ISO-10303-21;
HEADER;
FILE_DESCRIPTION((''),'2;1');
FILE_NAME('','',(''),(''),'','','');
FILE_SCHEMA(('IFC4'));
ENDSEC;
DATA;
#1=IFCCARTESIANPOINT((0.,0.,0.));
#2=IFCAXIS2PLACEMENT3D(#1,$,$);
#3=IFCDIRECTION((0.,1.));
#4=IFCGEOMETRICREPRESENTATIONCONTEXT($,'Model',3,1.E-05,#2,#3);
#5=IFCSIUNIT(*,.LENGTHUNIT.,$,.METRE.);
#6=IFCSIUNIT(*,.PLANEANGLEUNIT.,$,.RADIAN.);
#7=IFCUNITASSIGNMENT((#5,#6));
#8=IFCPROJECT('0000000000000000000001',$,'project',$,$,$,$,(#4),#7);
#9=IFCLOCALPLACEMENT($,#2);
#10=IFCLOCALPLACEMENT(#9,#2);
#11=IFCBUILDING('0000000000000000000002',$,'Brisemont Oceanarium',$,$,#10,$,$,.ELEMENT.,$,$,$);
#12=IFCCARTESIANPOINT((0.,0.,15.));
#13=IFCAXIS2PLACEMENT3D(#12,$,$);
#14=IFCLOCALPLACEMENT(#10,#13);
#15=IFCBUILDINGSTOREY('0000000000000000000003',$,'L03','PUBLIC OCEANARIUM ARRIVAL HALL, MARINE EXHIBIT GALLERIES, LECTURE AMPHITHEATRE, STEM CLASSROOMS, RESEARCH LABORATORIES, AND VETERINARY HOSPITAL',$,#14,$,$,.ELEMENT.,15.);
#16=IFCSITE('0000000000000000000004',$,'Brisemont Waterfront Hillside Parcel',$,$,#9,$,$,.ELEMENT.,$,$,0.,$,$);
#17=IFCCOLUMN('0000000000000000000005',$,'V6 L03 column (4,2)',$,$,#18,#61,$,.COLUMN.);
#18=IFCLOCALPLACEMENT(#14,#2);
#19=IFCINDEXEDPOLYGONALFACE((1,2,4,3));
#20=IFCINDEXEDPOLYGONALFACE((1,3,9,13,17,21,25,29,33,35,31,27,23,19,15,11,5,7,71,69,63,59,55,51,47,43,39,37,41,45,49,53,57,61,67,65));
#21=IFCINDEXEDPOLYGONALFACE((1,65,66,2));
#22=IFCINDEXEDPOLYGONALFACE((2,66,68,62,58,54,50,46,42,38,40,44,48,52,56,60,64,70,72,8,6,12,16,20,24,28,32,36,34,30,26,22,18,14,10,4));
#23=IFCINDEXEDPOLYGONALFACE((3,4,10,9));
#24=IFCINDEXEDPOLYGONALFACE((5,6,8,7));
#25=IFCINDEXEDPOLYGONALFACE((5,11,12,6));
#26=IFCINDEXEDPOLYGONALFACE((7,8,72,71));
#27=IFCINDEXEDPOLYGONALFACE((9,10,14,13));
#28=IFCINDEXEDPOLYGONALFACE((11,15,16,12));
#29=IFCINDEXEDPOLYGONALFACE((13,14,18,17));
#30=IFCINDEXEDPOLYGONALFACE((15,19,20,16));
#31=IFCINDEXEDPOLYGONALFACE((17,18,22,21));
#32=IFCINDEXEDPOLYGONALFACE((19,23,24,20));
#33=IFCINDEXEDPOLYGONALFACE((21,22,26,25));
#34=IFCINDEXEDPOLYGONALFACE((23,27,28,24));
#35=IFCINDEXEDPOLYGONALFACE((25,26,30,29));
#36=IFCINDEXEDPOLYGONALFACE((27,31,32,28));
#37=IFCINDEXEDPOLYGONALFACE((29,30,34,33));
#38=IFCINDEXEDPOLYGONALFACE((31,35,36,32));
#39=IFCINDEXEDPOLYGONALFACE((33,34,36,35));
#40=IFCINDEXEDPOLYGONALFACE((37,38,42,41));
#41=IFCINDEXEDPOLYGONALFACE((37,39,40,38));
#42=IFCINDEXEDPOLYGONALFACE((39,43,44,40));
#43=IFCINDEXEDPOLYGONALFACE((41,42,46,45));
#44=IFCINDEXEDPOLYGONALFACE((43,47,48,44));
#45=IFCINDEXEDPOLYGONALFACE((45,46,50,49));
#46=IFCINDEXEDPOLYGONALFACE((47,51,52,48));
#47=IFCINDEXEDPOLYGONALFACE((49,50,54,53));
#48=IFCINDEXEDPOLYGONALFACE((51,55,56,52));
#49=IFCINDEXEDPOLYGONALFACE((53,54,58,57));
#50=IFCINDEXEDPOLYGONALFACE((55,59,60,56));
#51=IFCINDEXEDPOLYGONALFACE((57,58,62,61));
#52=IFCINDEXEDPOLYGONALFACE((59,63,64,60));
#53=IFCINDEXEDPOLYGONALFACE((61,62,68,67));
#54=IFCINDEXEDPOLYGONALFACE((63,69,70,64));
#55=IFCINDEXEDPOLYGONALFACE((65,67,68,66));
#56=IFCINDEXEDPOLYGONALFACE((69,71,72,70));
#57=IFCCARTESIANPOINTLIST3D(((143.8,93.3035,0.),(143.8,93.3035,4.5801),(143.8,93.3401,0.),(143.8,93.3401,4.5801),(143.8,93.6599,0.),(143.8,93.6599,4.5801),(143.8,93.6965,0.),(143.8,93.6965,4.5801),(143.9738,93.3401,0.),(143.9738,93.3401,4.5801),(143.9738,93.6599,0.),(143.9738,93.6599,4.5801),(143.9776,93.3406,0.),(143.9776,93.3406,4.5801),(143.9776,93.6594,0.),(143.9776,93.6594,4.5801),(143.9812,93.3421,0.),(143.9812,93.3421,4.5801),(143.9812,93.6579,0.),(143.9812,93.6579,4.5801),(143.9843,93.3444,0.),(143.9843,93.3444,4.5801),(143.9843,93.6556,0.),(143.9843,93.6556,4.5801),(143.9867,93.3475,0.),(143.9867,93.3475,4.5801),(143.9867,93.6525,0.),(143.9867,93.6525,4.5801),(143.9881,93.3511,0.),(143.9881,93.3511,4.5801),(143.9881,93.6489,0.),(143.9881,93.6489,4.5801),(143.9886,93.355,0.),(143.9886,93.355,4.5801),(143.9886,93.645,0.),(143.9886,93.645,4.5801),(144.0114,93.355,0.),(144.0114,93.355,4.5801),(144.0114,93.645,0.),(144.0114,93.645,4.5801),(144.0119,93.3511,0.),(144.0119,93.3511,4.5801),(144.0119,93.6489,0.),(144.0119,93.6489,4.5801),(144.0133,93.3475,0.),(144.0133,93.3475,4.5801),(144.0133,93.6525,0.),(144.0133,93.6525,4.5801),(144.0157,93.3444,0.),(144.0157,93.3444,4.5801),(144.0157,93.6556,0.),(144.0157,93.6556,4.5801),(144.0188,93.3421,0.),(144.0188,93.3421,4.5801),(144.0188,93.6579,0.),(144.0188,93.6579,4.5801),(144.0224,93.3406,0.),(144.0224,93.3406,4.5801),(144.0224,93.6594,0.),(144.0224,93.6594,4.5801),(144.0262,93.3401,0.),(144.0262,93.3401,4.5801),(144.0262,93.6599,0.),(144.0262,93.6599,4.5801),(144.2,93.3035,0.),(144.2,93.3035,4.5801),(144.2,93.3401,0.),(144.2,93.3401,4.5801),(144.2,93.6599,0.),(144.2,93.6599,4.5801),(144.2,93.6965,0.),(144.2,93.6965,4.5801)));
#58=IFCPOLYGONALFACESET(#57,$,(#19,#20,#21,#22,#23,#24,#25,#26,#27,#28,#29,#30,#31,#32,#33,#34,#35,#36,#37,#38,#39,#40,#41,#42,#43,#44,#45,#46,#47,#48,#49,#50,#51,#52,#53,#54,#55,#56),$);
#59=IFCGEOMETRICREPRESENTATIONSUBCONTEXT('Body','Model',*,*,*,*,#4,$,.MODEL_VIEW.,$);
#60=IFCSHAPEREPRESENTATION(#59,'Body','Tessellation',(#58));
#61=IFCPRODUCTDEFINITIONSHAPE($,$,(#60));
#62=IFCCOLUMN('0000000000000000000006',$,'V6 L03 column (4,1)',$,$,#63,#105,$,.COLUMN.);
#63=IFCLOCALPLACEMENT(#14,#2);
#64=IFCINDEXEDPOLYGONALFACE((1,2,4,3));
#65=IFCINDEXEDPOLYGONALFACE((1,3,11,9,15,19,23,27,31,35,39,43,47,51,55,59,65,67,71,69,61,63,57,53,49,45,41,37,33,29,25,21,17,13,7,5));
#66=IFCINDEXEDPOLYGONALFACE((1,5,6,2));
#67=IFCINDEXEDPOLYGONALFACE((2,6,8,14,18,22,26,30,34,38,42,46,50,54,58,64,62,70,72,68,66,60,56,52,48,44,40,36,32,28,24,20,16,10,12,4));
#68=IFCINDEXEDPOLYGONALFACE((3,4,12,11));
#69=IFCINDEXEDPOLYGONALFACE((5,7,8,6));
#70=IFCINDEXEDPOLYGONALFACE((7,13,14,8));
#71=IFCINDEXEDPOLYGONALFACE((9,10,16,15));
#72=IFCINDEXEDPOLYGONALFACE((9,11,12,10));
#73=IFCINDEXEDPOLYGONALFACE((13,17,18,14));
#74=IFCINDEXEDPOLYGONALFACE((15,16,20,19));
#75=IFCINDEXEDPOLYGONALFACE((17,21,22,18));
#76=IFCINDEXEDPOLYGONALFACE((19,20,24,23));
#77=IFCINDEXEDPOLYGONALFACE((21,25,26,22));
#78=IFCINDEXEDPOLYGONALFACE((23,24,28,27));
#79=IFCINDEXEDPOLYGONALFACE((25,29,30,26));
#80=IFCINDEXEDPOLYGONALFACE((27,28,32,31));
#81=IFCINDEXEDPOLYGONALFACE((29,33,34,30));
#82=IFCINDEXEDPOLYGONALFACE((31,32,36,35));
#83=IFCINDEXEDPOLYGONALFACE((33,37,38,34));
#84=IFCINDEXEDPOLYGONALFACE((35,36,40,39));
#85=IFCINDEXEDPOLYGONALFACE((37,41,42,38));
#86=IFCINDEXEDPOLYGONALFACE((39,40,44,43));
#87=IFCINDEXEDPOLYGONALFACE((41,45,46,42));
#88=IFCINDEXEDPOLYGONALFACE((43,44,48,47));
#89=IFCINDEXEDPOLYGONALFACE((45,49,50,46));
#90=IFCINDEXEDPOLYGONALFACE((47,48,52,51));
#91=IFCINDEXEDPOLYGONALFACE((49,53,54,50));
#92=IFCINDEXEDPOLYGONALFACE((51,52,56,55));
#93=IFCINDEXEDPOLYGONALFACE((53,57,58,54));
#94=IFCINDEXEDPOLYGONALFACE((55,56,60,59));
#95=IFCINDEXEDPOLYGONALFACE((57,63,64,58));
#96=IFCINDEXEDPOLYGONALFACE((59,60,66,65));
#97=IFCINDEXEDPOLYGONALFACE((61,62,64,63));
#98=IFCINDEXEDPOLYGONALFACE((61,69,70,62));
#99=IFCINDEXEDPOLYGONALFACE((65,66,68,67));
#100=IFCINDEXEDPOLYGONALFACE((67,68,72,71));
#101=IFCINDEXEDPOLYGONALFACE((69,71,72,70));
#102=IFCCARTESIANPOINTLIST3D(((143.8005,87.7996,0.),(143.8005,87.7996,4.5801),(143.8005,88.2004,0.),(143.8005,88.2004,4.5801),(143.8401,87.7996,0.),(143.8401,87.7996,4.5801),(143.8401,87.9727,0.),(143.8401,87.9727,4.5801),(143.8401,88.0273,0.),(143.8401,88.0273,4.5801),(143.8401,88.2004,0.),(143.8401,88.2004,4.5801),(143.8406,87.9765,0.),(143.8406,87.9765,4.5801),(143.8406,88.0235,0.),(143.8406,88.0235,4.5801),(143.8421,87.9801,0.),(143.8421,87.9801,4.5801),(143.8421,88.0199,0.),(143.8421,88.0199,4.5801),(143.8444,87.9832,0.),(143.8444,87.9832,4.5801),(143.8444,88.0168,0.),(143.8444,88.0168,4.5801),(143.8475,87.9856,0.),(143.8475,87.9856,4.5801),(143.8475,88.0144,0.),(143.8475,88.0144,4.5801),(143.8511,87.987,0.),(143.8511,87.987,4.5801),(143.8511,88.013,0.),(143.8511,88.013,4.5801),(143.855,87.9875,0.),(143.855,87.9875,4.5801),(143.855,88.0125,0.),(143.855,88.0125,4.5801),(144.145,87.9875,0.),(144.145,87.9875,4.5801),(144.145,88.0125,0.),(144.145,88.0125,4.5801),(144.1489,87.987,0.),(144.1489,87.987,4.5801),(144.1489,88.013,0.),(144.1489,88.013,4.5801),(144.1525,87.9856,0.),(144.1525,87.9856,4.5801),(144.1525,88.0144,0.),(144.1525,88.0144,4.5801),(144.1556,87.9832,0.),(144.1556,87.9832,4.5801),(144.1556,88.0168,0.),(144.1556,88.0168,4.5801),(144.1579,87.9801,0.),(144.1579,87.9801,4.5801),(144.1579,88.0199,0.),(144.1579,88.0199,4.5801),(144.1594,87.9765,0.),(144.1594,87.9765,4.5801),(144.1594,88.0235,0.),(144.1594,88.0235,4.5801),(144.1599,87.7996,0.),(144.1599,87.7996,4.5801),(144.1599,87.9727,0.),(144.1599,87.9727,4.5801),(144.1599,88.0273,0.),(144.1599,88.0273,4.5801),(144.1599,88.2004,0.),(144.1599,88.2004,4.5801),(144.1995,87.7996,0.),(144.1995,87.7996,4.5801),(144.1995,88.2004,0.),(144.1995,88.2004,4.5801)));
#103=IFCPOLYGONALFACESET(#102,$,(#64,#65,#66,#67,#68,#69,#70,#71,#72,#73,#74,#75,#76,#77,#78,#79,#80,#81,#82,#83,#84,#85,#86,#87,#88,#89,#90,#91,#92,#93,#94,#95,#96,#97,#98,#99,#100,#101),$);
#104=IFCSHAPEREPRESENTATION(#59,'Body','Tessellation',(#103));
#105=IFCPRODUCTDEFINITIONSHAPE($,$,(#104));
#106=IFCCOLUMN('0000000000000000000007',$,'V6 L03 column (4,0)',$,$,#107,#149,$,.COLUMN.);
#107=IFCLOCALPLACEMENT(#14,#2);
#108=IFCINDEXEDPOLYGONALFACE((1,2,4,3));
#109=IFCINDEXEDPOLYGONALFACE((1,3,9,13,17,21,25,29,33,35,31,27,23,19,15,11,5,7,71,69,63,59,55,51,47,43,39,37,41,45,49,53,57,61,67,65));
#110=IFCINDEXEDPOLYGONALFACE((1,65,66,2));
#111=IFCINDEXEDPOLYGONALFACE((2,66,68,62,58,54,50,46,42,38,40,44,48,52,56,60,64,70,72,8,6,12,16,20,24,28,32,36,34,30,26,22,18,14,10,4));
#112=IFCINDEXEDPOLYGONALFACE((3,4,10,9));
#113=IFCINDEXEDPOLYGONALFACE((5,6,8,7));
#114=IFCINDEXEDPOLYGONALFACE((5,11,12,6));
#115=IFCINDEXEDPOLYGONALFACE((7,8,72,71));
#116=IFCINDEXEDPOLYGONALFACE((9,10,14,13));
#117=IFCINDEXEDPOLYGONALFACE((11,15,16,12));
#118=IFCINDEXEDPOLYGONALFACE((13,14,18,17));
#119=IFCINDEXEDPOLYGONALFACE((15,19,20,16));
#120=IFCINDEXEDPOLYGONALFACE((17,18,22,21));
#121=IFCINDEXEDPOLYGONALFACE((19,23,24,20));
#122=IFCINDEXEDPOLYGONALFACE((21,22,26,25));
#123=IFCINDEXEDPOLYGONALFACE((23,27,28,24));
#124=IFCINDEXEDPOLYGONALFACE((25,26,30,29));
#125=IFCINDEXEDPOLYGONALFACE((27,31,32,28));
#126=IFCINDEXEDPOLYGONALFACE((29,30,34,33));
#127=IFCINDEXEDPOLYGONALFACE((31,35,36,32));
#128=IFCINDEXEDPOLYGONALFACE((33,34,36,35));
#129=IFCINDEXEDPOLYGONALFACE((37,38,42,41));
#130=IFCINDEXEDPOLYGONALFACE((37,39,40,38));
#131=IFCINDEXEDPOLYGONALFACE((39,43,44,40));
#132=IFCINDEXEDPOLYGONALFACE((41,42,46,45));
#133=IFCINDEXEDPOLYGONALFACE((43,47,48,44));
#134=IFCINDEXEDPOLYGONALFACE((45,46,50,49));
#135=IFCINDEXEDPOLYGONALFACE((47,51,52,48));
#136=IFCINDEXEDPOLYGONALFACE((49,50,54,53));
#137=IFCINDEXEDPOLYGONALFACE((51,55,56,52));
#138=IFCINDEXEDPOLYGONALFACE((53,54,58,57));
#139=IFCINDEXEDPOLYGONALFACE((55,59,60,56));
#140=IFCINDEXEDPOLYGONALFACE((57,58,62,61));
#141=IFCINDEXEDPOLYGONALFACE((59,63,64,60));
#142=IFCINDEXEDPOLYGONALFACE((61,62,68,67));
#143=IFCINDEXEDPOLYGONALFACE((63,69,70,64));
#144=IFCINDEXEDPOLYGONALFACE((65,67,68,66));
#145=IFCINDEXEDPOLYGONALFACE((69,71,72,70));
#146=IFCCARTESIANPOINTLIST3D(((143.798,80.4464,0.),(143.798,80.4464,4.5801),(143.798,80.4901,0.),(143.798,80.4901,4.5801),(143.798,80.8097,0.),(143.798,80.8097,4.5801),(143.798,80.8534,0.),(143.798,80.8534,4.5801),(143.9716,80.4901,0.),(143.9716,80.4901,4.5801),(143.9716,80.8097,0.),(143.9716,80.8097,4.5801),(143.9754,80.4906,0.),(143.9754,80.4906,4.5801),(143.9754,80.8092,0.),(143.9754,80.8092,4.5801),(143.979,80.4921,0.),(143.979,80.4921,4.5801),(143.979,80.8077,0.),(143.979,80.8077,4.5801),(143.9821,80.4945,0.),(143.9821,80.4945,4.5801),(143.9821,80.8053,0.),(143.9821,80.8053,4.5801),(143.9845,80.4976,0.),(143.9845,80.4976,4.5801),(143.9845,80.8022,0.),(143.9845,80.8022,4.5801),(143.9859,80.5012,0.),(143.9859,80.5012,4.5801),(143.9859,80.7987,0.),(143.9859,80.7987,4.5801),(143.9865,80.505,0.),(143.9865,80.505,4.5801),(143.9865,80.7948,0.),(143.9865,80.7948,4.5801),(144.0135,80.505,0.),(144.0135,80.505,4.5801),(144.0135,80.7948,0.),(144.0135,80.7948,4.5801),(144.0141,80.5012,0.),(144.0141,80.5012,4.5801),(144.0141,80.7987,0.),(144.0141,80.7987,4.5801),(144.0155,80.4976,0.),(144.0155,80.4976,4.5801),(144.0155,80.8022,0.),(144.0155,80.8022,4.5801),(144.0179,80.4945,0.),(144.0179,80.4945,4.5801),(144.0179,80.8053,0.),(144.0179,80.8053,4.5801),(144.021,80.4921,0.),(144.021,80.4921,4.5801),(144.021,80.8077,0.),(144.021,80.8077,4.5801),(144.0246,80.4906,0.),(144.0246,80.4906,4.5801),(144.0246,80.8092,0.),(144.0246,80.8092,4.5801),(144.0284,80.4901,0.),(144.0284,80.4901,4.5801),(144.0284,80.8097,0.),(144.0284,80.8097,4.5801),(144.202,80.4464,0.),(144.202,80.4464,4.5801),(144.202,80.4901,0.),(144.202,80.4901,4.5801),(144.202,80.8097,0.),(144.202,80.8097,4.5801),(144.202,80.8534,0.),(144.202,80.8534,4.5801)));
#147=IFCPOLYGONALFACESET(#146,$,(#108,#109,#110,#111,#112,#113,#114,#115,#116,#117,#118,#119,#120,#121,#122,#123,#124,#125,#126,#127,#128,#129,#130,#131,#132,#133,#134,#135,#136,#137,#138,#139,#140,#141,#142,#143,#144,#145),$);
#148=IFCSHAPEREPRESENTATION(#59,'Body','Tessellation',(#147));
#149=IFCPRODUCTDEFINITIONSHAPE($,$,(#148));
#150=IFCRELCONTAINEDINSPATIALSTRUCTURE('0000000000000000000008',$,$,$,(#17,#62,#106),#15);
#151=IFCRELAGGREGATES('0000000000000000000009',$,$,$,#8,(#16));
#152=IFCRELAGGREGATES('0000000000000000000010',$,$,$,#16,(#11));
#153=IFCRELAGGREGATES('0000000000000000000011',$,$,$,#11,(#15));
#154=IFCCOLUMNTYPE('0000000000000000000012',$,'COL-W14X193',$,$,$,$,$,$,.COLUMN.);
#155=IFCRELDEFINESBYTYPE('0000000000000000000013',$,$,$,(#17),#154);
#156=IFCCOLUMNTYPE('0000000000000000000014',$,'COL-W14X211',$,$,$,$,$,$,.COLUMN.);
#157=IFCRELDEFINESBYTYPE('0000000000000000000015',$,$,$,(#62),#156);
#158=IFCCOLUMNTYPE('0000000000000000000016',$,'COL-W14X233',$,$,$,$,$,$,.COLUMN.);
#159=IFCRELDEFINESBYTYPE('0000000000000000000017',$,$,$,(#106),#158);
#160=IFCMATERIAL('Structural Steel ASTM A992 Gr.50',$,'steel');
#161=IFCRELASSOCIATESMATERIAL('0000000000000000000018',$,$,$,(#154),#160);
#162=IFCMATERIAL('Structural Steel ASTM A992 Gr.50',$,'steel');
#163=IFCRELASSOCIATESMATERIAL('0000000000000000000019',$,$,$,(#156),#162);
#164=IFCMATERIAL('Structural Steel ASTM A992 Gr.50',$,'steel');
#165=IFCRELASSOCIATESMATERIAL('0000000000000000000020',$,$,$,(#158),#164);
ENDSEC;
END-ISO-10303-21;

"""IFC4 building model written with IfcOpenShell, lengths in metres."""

from ifc_helpers import new_model, si_unit, direction, frame, origin, origin_2d, place, context, subcontext, project, spatial, i_section, extrude, material, material_profile, profile_set, type_object, element, save


model = new_model("IFC4")

# Units and contexts
model_context = context("Model", 3, precision=1e-05, world=origin(), true_north=direction((0.0, 1.0)))
body_context = subcontext(model_context, "Body", "Model", "MODEL_VIEW")
ifc_project = project(units=[si_unit("LENGTHUNIT", "METRE"), si_unit("PLANEANGLEUNIT", "RADIAN")], contexts=[model_context])

# Site, building, storey
site_placement = place(None, origin())
site = spatial("IfcSite", under=ifc_project, at=site_placement, Name="Brisemont Waterfront Hillside Parcel", CompositionType="ELEMENT", RefElevation=0.0)
building_placement = place(site_placement, origin())
building = spatial("IfcBuilding", under=site, at=building_placement, Name="Brisemont Oceanarium", CompositionType="ELEMENT")
storey_placement = place(building_placement, frame((0.0, 0.0, 15.0)))
storey = spatial("IfcBuildingStorey", under=building, at=storey_placement, Name="L03", Description="PUBLIC OCEANARIUM ARRIVAL HALL, MARINE EXHIBIT GALLERIES, LECTURE AMPHITHEATRE, STEM CLASSROOMS, RESEARCH LABORATORIES, AND VETERINARY HOSPITAL", CompositionType="ELEMENT", Elevation=15.0)

# Columns
ifc_material_1 = material(Name="Structural Steel ASTM A992 Gr.50", Category="steel")
ifc_material_profile_1 = material_profile(ifc_material_1, i_section(OverallWidth=0.3999, OverallDepth=0.3931, WebThickness=0.0227, FlangeThickness=0.0366, FilletRadius=0.0149, at=origin_2d()), Name="W14X193")
ifc_profile_set_1 = profile_set([ifc_material_profile_1], Name="Structural Steel ASTM A992 Gr.50")
column_type_1 = type_object("IfcColumnType", Name="COL-W14X193", PredefinedType="COLUMN", material=ifc_profile_set_1)
column_1_placement = place(storey_placement, frame((144.0, 93.5, 0.0), z_axis=(0.0, 0.0, 1.0), x_axis=(1.0, 0.0, 0.0)))
element("IfcColumn", 1, at=column_1_placement, inside=storey, type_object=column_type_1, Name="V6 L03 column (4,2)", PredefinedType="COLUMN", context=body_context, shape_type="SweptSolid", body=[
    extrude(i_section(OverallWidth=0.3999, OverallDepth=0.3931, WebThickness=0.0227, FlangeThickness=0.0366, FilletRadius=0.0149, at=origin_2d()), origin(), (0.0, 0.0, 1.0), 4.5801),
])
ifc_material_2 = material(Name="Structural Steel ASTM A992 Gr.50", Category="steel")
ifc_material_profile_2 = material_profile(ifc_material_2, i_section(OverallWidth=0.4009, OverallDepth=0.3989, WebThickness=0.0249, FlangeThickness=0.0396, FilletRadius=0.0149, at=origin_2d()), Name="W14X211")
ifc_profile_set_2 = profile_set([ifc_material_profile_2], Name="Structural Steel ASTM A992 Gr.50")
column_type_2 = type_object("IfcColumnType", Name="COL-W14X211", PredefinedType="COLUMN", material=ifc_profile_set_2)
column_2_placement = place(storey_placement, frame((144.0, 88.0, 0.0), z_axis=(0.0, 0.0, 1.0), x_axis=(0.0, 1.0, 0.0)))
element("IfcColumn", 2, at=column_2_placement, inside=storey, type_object=column_type_2, Name="V6 L03 column (4,1)", PredefinedType="COLUMN", context=body_context, shape_type="SweptSolid", body=[
    extrude(i_section(OverallWidth=0.4009, OverallDepth=0.3989, WebThickness=0.0249, FlangeThickness=0.0396, FilletRadius=0.0149, at=origin_2d()), origin(), (0.0, 0.0, 1.0), 4.5801),
])
ifc_material_3 = material(Name="Structural Steel ASTM A992 Gr.50", Category="steel")
ifc_material_profile_3 = material_profile(ifc_material_3, i_section(OverallWidth=0.4041, OverallDepth=0.407, WebThickness=0.0271, FlangeThickness=0.0437, FilletRadius=0.0149, at=origin_2d()), Name="W14X233")
ifc_profile_set_3 = profile_set([ifc_material_profile_3], Name="Structural Steel ASTM A992 Gr.50")
column_type_3 = type_object("IfcColumnType", Name="COL-W14X233", PredefinedType="COLUMN", material=ifc_profile_set_3)
column_3_placement = place(storey_placement, frame((144.0, 80.6499, 0.0), z_axis=(0.0, 0.0, 1.0), x_axis=(1.0, 0.0, 0.0)))
element("IfcColumn", 3, at=column_3_placement, inside=storey, type_object=column_type_3, Name="V6 L03 column (4,0)", PredefinedType="COLUMN", context=body_context, shape_type="SweptSolid", body=[
    extrude(i_section(OverallWidth=0.4041, OverallDepth=0.407, WebThickness=0.0271, FlangeThickness=0.0437, FilletRadius=0.0149, at=origin_2d()), origin(), (0.0, 0.0, 1.0), 4.5801),
])

save(model, "model.ifc")
